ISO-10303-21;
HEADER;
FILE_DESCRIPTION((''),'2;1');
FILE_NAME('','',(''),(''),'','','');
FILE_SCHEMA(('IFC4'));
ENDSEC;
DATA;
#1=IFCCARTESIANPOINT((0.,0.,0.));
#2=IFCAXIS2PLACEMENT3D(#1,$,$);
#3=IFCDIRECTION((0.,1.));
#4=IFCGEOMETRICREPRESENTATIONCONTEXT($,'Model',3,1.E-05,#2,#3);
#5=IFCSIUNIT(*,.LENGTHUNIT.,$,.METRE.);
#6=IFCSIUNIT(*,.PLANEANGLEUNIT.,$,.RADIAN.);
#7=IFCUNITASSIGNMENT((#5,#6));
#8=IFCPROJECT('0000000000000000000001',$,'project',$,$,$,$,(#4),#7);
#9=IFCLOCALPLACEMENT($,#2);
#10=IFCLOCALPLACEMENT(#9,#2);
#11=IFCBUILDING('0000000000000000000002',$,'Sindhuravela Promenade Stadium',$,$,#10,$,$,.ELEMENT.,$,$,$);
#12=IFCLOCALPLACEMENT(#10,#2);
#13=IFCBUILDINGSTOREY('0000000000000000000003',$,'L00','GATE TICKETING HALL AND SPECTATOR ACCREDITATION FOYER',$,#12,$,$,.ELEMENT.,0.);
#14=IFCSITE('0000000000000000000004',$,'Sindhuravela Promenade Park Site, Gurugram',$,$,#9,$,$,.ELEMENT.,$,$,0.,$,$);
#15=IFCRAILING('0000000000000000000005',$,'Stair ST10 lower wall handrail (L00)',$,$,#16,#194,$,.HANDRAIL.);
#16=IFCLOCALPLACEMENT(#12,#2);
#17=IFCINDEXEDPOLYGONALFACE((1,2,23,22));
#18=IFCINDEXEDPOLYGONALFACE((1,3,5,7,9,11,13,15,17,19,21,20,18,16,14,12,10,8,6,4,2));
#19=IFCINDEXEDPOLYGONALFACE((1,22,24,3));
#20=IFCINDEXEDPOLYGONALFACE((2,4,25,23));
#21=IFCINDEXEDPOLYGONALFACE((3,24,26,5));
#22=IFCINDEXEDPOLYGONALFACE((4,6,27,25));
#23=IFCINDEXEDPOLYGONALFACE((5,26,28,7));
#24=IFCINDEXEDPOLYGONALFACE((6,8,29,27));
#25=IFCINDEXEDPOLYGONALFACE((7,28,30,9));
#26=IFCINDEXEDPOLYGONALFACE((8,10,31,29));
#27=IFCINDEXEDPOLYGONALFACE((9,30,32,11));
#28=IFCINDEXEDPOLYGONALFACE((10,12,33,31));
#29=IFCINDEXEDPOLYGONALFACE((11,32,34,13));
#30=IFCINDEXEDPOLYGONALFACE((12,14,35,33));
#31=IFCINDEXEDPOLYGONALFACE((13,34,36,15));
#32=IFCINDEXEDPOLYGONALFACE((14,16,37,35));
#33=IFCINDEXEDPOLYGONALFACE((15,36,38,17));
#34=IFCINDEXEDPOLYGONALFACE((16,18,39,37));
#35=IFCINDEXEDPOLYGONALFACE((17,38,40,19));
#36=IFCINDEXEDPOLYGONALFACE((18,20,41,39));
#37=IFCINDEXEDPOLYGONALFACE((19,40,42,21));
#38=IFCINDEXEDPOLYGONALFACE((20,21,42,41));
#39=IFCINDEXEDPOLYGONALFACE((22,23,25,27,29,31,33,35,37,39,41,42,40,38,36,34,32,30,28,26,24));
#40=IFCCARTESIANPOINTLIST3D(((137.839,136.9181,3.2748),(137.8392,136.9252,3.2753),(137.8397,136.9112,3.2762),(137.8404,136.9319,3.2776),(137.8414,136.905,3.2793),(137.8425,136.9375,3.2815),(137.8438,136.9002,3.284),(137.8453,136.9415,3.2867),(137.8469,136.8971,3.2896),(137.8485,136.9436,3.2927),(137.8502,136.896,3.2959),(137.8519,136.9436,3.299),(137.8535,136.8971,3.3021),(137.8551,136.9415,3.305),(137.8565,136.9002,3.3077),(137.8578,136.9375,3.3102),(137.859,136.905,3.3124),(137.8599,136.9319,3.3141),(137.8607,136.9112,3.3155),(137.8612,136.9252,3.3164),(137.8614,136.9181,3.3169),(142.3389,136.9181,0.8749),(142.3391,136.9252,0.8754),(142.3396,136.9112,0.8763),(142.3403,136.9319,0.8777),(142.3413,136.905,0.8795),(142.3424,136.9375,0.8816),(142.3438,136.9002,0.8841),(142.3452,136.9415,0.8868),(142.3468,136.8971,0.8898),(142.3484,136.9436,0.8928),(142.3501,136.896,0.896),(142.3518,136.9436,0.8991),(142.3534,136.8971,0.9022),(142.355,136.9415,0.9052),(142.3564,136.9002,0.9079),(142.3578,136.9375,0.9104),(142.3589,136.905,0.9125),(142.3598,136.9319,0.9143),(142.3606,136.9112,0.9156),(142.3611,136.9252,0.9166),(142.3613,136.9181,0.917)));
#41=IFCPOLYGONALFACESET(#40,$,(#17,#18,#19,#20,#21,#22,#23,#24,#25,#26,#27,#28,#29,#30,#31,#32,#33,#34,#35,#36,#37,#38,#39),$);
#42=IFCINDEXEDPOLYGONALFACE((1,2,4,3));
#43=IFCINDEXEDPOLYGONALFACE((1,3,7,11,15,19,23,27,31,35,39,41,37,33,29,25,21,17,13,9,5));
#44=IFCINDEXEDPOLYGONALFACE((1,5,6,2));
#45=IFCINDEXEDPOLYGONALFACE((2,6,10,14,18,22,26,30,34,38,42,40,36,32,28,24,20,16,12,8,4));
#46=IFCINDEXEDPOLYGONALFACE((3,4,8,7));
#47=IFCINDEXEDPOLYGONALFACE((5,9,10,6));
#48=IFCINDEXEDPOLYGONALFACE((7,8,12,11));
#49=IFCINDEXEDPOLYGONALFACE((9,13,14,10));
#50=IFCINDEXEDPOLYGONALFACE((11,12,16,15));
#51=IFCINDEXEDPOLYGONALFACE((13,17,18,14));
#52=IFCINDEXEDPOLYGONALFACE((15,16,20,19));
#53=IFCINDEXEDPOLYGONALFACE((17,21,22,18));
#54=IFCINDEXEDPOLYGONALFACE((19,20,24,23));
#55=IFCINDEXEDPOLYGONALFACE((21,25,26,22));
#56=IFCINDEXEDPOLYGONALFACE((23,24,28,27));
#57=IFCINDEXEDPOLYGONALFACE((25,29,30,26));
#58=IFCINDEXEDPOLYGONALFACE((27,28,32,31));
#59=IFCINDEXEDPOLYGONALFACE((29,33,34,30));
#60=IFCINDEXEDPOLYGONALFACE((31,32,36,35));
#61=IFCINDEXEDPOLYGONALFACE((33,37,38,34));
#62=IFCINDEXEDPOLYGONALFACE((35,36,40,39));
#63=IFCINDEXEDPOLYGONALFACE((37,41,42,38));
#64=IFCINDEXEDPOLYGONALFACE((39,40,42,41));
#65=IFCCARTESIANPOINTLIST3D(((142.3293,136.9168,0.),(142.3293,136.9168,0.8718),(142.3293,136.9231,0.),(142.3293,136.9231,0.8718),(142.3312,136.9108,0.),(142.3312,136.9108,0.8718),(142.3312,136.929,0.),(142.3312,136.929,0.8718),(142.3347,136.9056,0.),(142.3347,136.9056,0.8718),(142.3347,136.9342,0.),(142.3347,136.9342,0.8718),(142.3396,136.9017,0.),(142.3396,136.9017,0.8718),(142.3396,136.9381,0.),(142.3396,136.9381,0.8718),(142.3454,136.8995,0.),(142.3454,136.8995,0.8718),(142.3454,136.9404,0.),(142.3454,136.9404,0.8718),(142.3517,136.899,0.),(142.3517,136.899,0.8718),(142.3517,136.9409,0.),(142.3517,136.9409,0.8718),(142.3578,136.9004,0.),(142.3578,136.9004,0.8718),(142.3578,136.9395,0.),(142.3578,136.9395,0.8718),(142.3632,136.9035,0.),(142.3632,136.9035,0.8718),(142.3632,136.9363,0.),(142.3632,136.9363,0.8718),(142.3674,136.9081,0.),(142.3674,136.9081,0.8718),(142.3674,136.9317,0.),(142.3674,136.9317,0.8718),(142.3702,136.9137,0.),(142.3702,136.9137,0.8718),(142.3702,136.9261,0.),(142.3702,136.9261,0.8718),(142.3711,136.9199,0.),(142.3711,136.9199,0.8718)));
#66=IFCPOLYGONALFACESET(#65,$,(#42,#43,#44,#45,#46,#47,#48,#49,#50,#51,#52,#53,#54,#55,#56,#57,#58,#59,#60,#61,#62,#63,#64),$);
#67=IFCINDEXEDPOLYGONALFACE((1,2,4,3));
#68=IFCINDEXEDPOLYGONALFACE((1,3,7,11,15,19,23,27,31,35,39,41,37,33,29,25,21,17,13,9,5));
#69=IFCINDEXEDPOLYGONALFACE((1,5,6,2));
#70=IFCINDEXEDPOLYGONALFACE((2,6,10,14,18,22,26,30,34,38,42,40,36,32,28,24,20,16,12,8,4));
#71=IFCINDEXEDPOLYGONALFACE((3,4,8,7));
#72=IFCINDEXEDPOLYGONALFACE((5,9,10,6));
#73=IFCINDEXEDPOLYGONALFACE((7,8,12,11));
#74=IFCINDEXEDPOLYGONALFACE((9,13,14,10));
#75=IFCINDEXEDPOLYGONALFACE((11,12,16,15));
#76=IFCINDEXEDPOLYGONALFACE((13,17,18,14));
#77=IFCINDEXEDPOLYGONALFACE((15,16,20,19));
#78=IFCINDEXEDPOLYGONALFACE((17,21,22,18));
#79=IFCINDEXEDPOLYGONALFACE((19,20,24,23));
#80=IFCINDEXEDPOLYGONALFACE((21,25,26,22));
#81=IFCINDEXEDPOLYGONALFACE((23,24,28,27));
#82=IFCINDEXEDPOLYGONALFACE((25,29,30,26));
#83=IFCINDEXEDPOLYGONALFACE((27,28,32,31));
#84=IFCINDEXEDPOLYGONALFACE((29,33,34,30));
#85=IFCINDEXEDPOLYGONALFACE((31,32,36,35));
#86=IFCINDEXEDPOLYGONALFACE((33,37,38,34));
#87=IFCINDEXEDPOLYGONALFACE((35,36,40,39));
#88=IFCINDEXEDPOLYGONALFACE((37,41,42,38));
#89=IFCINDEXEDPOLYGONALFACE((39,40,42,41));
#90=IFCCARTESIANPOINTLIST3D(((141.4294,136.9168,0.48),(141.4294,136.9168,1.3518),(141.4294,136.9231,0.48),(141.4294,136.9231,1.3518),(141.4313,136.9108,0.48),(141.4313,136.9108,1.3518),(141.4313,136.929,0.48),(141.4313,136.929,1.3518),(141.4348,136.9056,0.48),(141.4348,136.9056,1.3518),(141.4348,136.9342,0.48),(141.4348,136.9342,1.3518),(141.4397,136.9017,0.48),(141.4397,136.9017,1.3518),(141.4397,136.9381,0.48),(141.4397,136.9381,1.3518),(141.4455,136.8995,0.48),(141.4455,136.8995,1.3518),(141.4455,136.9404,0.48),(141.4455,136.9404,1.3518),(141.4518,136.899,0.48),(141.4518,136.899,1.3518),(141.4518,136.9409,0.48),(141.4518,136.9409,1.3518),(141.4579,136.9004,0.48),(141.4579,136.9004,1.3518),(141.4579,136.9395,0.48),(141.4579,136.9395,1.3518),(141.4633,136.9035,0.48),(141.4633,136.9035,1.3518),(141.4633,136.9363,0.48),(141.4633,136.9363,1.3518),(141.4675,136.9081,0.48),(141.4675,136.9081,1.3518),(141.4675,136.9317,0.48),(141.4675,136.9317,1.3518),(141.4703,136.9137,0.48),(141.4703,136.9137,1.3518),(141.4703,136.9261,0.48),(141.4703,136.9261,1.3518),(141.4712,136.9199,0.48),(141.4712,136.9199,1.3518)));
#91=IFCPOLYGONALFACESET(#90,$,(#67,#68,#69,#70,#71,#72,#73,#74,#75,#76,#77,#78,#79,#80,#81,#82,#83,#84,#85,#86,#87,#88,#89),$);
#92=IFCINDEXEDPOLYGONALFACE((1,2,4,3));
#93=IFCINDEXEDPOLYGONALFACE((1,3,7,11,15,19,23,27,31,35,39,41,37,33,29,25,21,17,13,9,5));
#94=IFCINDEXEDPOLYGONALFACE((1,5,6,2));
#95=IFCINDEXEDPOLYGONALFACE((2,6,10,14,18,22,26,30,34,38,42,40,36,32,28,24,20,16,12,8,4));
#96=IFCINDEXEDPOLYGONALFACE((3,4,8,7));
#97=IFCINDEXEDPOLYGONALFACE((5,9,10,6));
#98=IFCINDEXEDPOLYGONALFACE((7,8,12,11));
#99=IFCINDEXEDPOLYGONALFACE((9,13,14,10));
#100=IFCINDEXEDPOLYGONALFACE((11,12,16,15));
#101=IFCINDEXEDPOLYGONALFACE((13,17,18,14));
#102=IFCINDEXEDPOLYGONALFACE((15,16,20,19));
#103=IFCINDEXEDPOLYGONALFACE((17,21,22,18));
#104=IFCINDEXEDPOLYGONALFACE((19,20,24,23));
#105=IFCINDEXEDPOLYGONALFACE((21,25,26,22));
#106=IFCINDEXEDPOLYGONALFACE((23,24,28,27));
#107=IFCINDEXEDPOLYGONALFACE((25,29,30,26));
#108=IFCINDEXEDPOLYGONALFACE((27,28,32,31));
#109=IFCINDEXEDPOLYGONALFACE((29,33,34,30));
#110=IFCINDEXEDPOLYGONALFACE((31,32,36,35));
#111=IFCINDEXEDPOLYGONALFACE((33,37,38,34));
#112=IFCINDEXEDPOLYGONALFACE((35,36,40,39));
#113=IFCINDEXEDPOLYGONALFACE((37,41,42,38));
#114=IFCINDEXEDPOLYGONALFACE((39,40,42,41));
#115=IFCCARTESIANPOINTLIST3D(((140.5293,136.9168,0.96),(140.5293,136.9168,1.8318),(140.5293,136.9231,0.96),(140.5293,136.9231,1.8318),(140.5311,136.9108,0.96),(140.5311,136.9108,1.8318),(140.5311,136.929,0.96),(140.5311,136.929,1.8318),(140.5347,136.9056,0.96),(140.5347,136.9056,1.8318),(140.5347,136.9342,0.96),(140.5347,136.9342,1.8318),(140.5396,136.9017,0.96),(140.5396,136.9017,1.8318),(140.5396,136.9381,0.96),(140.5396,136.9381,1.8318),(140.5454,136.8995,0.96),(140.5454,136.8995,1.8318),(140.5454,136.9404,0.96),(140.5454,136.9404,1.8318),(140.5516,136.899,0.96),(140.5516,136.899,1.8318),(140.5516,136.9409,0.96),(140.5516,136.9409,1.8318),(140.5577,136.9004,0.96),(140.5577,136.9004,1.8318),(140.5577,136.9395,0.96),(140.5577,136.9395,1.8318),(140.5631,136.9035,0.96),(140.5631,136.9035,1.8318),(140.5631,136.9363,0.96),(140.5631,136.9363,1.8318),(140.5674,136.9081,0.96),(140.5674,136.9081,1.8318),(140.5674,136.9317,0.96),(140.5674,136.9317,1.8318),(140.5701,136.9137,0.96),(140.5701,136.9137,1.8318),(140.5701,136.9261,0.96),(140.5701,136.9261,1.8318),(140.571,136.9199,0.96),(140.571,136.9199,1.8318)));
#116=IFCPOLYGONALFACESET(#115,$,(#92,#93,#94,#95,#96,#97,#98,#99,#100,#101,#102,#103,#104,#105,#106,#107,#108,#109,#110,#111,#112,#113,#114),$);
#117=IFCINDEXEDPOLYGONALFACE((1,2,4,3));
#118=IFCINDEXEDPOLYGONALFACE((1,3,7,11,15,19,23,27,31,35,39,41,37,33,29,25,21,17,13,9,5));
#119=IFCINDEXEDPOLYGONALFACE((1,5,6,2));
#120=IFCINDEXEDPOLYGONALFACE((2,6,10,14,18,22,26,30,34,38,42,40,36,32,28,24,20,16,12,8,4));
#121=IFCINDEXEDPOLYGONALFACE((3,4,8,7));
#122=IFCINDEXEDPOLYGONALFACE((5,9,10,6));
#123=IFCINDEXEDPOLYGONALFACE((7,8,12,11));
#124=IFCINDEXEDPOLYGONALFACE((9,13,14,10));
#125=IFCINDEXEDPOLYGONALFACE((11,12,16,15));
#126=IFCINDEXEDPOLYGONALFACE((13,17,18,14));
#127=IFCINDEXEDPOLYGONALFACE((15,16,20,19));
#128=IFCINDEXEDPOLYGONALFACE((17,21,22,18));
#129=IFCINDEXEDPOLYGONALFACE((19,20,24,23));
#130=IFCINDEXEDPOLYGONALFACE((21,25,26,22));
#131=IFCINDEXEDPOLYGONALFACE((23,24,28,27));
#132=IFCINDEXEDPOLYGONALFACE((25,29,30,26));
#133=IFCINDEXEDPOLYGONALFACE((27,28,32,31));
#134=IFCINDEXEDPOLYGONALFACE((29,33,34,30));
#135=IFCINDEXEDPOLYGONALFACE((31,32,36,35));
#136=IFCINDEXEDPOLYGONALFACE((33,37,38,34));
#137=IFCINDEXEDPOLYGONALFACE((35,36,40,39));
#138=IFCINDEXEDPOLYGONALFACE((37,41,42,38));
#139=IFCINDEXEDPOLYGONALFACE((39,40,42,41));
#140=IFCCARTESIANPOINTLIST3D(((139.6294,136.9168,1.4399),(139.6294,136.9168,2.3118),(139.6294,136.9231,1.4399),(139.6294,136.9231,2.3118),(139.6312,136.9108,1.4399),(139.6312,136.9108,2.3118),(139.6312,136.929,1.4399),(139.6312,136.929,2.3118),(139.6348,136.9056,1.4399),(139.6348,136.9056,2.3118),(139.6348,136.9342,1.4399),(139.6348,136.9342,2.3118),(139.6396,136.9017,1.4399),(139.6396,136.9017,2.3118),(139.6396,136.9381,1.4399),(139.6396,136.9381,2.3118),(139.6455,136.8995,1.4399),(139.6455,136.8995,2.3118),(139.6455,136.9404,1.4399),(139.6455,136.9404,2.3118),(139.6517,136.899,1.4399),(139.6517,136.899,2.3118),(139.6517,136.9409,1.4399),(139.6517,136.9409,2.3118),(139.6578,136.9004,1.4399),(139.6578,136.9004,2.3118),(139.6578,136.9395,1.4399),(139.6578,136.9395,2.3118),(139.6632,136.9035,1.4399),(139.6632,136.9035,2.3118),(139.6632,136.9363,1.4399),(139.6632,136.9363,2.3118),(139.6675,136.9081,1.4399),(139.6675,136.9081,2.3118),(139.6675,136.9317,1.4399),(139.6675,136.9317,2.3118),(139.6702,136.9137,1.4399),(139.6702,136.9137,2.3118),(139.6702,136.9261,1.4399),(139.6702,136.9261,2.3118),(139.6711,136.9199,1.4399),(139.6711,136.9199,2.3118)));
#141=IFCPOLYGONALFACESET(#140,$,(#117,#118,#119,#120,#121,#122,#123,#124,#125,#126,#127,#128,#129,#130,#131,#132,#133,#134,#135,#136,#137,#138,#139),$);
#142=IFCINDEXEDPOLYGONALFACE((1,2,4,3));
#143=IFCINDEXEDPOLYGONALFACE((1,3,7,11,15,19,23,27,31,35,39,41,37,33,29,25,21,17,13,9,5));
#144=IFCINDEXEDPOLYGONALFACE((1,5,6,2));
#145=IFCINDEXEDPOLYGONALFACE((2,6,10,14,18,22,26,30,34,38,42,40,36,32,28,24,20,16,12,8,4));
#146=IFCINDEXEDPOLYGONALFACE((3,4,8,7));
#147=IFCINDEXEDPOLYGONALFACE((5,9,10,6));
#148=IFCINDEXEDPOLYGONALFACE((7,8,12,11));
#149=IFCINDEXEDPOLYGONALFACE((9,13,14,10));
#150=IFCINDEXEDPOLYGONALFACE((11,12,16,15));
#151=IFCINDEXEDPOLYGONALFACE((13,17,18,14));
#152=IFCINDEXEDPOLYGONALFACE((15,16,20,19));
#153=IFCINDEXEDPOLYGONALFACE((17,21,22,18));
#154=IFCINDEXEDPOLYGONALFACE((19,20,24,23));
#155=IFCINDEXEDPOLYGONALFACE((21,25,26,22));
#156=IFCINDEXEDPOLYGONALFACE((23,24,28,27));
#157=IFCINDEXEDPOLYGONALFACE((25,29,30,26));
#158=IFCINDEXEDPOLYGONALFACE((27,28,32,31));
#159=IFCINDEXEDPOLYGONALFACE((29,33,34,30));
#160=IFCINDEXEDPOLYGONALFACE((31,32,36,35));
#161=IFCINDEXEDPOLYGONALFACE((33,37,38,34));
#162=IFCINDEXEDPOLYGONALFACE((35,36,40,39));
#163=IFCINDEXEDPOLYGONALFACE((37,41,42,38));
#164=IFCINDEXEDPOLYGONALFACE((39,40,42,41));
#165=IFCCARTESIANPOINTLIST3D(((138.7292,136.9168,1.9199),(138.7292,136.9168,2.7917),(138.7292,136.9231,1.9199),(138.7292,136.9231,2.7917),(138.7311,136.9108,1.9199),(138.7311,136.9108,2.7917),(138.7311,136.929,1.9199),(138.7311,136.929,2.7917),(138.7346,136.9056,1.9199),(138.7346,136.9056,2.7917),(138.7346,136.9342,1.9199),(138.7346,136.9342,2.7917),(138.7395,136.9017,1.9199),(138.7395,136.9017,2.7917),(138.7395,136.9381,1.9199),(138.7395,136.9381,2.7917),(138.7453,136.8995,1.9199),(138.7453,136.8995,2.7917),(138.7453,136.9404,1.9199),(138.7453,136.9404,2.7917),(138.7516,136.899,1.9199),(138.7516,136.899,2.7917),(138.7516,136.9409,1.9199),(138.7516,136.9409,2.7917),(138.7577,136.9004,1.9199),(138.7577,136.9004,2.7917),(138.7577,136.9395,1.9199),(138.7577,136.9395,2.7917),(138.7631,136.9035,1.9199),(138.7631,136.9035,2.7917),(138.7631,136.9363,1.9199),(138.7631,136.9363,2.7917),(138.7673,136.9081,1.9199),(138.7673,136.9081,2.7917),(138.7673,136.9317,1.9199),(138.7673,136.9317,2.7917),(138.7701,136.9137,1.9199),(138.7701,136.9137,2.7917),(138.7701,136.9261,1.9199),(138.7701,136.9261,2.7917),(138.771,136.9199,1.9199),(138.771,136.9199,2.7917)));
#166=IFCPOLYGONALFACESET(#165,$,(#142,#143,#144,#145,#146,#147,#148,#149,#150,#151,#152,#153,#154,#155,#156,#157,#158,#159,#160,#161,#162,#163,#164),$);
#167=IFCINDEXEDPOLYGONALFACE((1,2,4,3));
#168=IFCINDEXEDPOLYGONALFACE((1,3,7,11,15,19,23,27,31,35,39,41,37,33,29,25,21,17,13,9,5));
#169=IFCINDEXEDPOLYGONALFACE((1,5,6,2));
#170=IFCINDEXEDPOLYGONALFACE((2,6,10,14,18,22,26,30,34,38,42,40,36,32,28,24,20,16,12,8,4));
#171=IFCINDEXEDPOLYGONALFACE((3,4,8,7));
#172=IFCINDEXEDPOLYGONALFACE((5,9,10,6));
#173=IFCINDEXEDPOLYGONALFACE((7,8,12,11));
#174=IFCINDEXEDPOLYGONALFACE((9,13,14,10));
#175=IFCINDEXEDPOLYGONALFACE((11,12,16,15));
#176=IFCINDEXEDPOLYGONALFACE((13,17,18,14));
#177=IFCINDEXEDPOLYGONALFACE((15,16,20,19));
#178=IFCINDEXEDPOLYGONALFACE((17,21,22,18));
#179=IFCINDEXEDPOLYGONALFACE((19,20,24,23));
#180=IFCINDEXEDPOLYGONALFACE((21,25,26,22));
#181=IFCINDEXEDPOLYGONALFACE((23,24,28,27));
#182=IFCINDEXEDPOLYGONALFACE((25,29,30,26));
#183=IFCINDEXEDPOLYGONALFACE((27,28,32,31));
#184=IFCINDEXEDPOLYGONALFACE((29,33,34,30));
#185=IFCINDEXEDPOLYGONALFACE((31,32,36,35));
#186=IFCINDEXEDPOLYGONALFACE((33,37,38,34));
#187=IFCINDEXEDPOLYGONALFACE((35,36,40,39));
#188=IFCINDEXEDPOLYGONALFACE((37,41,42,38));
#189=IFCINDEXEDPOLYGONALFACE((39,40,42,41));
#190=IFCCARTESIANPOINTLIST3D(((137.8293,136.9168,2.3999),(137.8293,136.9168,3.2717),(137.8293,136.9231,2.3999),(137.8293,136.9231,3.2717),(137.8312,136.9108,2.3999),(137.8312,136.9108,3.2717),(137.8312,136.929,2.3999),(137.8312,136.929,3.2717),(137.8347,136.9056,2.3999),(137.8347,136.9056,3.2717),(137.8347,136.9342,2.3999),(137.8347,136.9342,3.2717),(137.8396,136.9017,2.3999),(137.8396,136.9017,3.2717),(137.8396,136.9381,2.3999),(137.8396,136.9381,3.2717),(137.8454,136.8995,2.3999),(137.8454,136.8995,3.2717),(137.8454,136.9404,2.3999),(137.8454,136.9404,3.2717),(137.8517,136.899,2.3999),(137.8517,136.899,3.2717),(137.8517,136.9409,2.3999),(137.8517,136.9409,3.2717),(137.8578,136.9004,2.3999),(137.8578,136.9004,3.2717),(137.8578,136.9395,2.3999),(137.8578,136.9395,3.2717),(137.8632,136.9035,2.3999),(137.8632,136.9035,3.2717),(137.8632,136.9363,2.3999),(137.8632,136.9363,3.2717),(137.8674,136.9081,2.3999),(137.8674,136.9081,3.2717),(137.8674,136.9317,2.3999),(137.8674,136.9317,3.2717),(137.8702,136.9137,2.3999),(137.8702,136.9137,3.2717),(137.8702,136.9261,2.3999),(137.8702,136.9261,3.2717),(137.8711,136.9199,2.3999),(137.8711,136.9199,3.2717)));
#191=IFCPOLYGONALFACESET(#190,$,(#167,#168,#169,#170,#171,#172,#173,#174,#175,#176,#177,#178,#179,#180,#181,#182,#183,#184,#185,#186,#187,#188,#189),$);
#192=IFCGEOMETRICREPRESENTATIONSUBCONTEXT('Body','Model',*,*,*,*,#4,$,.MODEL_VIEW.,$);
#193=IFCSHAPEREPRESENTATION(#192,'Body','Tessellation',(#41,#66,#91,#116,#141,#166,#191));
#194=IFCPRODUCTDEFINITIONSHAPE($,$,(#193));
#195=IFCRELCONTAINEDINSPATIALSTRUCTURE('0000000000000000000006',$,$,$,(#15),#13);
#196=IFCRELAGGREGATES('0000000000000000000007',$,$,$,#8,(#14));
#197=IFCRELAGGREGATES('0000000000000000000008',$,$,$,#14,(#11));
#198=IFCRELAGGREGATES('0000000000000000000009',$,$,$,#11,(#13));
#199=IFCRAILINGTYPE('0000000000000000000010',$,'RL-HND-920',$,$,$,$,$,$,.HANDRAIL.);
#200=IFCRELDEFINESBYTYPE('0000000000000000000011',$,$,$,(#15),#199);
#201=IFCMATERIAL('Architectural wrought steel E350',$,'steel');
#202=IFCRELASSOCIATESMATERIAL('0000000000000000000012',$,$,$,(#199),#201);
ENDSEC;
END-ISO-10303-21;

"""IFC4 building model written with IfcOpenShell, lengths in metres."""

from ifc_helpers import new_model, si_unit, direction, frame, origin, origin_2d, place, context, subcontext, project, spatial, circle, extrude, material, type_object, element, save


model = new_model("IFC4")

# Units and contexts
model_context = context("Model", 3, precision=1e-05, world=origin(), true_north=direction((0.0, 1.0)))
body_context = subcontext(model_context, "Body", "Model", "MODEL_VIEW")
ifc_project = project(units=[si_unit("LENGTHUNIT", "METRE"), si_unit("PLANEANGLEUNIT", "RADIAN")], contexts=[model_context])

# Site, building, storey
site_placement = place(None, origin())
site = spatial("IfcSite", under=ifc_project, at=site_placement, Name="Sindhuravela Promenade Park Site, Gurugram", CompositionType="ELEMENT", RefElevation=0.0)
building_placement = place(site_placement, origin())
building = spatial("IfcBuilding", under=site, at=building_placement, Name="Sindhuravela Promenade Stadium", CompositionType="ELEMENT")
storey_placement = place(building_placement, origin())
storey = spatial("IfcBuildingStorey", under=building, at=storey_placement, Name="L00", Description="GATE TICKETING HALL AND SPECTATOR ACCREDITATION FOYER", CompositionType="ELEMENT", Elevation=0.0)

# Shared definitions
ifc_material_1 = material(Name="Architectural wrought steel E350", Category="steel")

# Railing
railing_type = type_object("IfcRailingType", Name="RL-HND-920", PredefinedType="HANDRAIL", material=ifc_material_1)
railing_placement = place(storey_placement, frame((142.3501, 136.9199, 0.0)))
element("IfcRailing", 1, at=railing_placement, inside=storey, type_object=railing_type, Name="Stair ST10 lower wall handrail (L00)", PredefinedType="HANDRAIL", context=body_context, shape_type="SweptSolid", body=[
    extrude(circle(Radius=0.0239, at=origin_2d()), frame((0.0, 0.0, 0.896), z_axis=(-0.882361, 0.0, 0.470573), x_axis=(0.0, -1.0, 0.0)), (0.0, 0.0, 1.0), 5.0999),
    extrude(circle(Radius=0.021, at=origin_2d()), origin(), (0.0, 0.0, 1.0), 0.8718),
    extrude(circle(Radius=0.021, at=origin_2d()), frame((-0.8999, 0.0, 0.48)), (0.0, 0.0, 1.0), 0.8718),
    extrude(circle(Radius=0.021, at=origin_2d()), frame((-1.8, 0.0, 0.96)), (0.0, 0.0, 1.0), 0.8718),
    extrude(circle(Radius=0.021, at=origin_2d()), frame((-2.7, 0.0, 1.4399)), (0.0, 0.0, 1.0), 0.8718),
    extrude(circle(Radius=0.021, at=origin_2d()), frame((-3.6001, 0.0, 1.9199)), (0.0, 0.0, 1.0), 0.8718),
    extrude(circle(Radius=0.021, at=origin_2d()), frame((-4.5, 0.0, 2.3999)), (0.0, 0.0, 1.0), 0.8718),
])

save(model, "model.ifc")
